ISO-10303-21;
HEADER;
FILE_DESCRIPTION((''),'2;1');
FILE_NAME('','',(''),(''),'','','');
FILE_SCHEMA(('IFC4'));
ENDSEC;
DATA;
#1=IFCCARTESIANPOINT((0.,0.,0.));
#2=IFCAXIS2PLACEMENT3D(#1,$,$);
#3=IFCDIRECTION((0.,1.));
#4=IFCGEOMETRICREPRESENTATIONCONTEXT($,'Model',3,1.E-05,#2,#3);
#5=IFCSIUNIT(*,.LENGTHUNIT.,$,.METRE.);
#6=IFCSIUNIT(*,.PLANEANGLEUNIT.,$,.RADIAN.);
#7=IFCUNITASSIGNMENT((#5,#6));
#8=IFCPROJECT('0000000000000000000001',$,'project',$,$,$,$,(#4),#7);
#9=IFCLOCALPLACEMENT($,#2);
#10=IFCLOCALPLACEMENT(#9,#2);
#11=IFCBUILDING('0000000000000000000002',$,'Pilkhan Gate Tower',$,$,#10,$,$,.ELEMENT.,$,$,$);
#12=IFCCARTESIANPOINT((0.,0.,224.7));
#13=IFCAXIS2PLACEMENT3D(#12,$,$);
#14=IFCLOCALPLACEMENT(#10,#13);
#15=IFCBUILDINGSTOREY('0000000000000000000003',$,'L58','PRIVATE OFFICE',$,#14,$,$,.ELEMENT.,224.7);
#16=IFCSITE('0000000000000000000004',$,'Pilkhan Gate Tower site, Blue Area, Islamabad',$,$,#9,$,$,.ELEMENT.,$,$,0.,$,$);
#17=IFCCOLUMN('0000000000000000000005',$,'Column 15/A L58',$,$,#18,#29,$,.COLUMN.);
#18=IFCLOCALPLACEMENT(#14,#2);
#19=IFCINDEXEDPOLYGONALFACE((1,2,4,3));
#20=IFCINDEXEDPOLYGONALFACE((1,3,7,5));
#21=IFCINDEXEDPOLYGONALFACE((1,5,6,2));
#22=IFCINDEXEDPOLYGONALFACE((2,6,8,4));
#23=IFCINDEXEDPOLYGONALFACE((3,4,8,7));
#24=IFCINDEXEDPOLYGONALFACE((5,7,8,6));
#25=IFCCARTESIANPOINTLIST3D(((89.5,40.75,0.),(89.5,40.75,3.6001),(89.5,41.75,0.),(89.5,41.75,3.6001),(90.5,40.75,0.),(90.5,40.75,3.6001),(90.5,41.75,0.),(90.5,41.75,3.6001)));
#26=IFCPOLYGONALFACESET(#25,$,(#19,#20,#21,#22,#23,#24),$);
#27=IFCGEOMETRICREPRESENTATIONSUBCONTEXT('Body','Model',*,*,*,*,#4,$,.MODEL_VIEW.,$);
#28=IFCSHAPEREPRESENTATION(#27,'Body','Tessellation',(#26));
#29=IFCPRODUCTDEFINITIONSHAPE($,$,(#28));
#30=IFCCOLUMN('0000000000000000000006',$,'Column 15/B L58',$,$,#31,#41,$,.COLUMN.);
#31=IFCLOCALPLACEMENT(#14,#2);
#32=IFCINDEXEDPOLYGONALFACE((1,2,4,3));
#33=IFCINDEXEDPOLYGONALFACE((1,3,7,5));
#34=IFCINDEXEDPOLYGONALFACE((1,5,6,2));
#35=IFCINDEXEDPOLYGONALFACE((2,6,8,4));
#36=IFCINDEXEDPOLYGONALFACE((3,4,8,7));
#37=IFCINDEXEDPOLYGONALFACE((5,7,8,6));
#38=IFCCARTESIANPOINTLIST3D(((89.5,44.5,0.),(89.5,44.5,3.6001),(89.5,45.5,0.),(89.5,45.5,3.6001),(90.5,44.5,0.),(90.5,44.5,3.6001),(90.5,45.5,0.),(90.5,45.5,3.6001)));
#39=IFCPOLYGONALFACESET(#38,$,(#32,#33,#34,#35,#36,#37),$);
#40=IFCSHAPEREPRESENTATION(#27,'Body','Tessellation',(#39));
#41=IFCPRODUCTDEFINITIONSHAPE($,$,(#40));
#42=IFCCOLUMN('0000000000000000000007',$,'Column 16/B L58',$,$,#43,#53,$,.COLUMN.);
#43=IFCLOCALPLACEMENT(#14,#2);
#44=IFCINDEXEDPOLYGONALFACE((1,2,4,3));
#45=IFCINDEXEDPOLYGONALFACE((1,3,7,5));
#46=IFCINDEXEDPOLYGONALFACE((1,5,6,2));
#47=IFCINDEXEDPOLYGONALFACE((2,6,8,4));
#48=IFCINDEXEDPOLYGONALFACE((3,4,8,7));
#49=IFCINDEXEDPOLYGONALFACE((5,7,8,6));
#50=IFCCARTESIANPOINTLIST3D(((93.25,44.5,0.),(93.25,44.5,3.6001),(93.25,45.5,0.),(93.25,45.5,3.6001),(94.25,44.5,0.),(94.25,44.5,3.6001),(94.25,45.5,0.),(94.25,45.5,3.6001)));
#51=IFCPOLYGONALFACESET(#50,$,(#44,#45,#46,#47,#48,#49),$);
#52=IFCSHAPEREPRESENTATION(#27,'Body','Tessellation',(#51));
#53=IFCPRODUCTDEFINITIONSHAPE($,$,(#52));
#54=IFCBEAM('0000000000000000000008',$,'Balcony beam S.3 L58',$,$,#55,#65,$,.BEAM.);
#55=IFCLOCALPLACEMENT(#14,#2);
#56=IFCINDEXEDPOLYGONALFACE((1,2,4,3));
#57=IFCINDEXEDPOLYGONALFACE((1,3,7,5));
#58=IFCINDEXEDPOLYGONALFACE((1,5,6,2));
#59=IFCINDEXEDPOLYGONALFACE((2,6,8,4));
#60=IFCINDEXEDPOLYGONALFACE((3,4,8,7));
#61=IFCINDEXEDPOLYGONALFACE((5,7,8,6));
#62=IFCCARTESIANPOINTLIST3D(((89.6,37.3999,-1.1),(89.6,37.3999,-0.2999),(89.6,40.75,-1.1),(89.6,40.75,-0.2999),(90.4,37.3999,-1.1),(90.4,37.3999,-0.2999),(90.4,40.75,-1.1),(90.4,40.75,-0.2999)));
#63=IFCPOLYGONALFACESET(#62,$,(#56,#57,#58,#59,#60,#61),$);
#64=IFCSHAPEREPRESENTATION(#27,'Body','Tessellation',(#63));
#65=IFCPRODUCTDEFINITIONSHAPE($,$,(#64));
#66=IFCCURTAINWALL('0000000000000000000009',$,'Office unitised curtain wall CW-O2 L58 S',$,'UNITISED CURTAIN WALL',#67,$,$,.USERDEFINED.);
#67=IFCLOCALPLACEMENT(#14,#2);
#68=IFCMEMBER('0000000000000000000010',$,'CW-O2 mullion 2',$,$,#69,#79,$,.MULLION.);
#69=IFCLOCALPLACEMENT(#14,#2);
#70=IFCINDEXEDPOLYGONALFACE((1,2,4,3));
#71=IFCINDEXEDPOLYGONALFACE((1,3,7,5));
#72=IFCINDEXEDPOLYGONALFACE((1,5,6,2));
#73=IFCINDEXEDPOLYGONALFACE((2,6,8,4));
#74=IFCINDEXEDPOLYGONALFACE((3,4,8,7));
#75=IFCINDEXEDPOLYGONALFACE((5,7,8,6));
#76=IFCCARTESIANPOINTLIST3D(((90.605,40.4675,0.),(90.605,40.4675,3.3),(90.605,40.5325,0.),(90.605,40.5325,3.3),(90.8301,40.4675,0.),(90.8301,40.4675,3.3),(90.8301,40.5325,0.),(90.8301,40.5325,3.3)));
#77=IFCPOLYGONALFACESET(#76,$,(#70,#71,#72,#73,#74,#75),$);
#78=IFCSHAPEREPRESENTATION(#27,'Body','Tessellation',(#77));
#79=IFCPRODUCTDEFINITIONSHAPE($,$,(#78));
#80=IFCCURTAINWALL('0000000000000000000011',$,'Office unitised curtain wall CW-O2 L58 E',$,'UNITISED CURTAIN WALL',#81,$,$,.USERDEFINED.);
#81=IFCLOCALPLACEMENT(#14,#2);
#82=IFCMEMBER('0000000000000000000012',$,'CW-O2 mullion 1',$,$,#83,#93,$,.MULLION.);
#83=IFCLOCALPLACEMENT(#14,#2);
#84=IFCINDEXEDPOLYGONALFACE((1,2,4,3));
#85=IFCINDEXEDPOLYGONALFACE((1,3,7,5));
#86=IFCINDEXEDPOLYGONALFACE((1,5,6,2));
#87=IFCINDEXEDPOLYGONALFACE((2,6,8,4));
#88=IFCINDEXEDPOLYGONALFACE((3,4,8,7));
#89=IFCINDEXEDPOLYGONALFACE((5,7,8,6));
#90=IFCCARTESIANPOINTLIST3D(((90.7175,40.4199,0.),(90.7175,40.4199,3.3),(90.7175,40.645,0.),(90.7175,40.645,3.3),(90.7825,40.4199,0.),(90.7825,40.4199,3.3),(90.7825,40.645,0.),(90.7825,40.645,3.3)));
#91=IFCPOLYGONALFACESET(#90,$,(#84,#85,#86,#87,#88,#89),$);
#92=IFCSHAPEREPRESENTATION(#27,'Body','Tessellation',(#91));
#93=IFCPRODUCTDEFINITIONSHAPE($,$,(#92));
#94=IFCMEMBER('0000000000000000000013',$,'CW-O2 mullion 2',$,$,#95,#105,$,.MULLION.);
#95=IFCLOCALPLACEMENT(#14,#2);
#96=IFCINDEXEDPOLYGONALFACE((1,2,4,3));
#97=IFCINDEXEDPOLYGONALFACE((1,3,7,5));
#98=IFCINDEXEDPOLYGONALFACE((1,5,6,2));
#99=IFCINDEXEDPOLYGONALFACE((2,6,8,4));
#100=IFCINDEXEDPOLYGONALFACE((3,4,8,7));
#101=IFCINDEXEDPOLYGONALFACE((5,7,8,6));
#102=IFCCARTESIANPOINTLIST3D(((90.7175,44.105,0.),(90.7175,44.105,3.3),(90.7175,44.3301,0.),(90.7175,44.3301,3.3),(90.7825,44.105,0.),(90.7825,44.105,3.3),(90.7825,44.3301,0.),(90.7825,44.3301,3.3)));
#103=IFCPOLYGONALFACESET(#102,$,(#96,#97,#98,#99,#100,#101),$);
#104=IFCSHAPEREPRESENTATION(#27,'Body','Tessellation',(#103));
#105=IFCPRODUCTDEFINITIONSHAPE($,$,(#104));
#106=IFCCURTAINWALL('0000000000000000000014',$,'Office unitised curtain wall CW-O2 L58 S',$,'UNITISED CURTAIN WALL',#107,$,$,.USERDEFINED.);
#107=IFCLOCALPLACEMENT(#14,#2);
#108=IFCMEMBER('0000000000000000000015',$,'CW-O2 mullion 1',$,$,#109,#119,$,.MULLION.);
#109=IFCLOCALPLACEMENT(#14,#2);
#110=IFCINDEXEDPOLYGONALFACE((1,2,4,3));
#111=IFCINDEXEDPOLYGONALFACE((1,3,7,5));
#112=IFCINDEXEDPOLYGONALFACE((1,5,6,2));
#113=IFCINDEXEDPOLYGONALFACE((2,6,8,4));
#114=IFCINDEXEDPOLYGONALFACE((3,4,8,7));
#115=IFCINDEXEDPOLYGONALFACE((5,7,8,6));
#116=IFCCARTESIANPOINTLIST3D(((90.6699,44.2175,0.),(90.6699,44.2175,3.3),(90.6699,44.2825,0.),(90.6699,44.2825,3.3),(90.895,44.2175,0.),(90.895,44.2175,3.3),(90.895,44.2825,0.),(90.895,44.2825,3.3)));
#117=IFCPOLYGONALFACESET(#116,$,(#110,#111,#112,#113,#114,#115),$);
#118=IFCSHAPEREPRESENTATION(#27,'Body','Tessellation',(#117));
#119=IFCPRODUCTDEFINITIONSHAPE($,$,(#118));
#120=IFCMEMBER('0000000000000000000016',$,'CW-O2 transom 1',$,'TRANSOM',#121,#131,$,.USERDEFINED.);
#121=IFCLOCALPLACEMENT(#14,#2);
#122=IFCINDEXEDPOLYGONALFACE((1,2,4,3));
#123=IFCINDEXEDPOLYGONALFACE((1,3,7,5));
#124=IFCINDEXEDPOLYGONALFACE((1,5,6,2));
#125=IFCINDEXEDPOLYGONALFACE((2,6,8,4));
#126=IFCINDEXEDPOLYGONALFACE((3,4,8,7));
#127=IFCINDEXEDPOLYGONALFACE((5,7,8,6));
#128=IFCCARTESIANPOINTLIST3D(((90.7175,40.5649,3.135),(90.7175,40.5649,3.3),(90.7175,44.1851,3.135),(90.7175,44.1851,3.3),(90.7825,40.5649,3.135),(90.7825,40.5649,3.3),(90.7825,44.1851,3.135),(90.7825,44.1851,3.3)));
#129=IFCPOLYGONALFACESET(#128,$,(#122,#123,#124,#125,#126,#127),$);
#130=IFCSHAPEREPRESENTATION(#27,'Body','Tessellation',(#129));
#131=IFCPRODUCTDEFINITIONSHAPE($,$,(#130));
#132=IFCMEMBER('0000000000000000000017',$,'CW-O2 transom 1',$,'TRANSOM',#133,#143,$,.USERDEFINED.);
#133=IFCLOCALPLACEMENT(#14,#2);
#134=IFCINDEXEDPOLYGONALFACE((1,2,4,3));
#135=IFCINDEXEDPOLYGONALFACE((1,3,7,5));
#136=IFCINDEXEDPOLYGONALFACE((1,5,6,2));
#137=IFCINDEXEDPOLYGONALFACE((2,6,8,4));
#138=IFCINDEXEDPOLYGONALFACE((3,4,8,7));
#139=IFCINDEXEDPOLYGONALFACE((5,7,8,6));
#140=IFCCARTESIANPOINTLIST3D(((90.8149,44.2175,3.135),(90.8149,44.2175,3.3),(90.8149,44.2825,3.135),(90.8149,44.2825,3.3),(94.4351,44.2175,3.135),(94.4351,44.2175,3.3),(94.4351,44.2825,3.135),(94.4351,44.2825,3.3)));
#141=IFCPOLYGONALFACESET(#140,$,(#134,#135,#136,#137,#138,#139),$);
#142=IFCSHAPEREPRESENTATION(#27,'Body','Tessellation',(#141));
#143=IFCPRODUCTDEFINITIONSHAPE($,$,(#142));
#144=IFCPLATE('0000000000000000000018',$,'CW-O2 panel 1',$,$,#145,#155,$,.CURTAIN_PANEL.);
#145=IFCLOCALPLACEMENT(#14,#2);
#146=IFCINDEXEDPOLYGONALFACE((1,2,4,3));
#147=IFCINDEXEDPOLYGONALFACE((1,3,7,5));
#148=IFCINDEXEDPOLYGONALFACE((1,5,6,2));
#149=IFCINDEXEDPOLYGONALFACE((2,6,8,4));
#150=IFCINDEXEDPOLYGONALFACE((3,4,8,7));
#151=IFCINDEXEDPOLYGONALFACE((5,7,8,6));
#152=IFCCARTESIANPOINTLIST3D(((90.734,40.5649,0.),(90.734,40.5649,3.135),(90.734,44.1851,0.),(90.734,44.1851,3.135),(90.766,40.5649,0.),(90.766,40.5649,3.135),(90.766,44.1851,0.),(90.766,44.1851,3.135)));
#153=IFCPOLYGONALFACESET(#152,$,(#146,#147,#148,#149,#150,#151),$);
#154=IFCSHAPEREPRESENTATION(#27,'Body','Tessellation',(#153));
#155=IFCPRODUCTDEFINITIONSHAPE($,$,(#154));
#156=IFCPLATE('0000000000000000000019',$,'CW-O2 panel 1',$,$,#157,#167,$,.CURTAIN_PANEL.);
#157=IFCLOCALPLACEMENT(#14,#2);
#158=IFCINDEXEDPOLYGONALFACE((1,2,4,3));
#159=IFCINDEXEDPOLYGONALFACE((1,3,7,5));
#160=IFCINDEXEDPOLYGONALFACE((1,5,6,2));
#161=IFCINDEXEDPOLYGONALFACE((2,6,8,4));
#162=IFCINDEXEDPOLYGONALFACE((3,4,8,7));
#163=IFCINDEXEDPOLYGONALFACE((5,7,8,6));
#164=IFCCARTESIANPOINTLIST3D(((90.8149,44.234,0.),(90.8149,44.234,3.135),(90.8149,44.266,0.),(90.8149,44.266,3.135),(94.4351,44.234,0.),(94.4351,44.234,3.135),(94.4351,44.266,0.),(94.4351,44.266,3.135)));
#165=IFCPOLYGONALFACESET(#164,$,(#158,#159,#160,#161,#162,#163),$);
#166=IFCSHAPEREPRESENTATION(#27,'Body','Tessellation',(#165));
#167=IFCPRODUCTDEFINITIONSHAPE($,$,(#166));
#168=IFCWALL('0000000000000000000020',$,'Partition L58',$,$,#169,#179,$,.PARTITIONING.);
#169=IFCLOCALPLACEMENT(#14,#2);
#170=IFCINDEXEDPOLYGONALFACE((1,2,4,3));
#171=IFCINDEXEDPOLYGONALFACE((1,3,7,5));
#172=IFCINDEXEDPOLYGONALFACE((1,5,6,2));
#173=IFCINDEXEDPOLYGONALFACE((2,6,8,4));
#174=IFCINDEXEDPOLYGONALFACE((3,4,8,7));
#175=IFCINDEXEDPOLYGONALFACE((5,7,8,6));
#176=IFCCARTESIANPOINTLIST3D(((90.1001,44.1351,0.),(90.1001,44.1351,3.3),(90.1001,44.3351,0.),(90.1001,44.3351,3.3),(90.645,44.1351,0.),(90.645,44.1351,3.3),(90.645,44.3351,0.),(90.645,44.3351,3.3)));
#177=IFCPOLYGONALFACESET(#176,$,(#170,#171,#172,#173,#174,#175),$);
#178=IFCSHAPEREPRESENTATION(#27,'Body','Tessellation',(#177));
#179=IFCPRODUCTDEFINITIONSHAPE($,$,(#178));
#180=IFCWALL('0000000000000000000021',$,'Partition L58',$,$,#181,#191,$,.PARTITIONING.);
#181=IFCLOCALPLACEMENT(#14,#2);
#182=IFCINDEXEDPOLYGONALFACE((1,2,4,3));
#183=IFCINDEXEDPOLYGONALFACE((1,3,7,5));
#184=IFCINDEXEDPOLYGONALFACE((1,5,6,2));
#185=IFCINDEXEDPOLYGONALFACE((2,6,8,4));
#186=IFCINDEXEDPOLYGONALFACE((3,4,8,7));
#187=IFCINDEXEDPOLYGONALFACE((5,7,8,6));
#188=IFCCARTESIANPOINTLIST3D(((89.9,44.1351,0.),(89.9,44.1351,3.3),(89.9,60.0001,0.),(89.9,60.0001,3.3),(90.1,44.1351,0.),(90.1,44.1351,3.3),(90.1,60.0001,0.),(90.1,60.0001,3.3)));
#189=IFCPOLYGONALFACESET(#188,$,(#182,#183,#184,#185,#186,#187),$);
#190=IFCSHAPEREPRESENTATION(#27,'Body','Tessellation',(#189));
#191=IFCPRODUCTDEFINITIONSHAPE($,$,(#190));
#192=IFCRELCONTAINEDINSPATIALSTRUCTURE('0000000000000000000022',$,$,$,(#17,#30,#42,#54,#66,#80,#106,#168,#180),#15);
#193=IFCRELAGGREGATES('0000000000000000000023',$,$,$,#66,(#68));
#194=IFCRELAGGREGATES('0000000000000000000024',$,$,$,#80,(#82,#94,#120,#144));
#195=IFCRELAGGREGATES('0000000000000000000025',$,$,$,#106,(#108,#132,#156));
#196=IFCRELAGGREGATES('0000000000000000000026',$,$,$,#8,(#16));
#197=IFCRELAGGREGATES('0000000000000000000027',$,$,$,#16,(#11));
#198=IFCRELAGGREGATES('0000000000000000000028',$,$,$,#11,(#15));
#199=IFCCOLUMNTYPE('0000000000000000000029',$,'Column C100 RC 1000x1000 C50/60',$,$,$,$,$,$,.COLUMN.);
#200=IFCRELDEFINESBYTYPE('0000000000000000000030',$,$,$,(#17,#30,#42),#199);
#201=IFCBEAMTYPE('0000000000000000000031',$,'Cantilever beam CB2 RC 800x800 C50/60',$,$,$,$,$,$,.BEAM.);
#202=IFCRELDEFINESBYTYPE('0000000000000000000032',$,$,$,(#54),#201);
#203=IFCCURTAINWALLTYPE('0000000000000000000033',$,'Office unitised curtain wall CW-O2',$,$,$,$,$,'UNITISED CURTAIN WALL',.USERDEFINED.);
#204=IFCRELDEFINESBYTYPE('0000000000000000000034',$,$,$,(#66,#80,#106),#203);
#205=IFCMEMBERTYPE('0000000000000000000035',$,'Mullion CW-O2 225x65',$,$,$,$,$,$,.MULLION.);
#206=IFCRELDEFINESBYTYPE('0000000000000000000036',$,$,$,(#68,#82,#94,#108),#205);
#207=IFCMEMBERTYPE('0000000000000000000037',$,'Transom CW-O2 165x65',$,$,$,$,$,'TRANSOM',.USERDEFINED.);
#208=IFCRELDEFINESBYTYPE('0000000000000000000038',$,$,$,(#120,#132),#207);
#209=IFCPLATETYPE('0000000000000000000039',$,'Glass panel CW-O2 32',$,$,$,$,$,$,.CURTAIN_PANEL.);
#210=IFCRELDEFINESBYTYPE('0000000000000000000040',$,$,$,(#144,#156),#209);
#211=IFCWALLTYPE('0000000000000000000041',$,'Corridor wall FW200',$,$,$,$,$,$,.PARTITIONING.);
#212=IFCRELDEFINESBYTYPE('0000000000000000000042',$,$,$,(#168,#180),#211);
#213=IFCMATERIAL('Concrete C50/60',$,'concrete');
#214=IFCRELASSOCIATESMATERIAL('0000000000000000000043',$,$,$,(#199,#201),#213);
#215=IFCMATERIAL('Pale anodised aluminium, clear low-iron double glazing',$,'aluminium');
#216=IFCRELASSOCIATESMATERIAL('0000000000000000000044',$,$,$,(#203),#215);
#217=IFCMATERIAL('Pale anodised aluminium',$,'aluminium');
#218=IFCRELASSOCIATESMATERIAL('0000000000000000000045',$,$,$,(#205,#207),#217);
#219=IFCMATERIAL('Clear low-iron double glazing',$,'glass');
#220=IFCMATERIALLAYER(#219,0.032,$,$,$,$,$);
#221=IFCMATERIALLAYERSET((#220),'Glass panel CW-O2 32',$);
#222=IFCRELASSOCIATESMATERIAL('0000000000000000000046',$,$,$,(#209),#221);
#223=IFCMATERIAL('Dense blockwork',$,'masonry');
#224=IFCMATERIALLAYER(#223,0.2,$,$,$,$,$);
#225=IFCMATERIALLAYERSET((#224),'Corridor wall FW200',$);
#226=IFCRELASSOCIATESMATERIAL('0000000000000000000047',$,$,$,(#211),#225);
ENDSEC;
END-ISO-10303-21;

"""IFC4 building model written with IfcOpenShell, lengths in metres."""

from ifc_helpers import new_model, si_unit, direction, frame, frame_2d, origin, origin_2d, place, context, subcontext, project, spatial, rectangle, extrude, material, layer, layer_set, material_profile, profile_set, type_object, element, aggregate, save


model = new_model("IFC4")

# Units and contexts
model_context = context("Model", 3, precision=1e-05, world=origin(), true_north=direction((0.0, 1.0)))
body_context = subcontext(model_context, "Body", "Model", "MODEL_VIEW")
ifc_project = project(units=[si_unit("LENGTHUNIT", "METRE"), si_unit("PLANEANGLEUNIT", "RADIAN")], contexts=[model_context])

# Site, building, storey
site_placement = place(None, origin())
site = spatial("IfcSite", under=ifc_project, at=site_placement, Name="Pilkhan Gate Tower site, Blue Area, Islamabad", CompositionType="ELEMENT", RefElevation=0.0)
building_placement = place(site_placement, origin())
building = spatial("IfcBuilding", under=site, at=building_placement, Name="Pilkhan Gate Tower", CompositionType="ELEMENT")
storey_placement = place(building_placement, frame((0.0, 0.0, 224.7)))
storey = spatial("IfcBuildingStorey", under=building, at=storey_placement, Name="L58", Description="PRIVATE OFFICE", CompositionType="ELEMENT", Elevation=224.7)

# Columns
ifc_material_1 = material(Name="Concrete C50/60", Category="concrete")
ifc_material_profile_1 = material_profile(ifc_material_1, rectangle(XDim=1.0, YDim=1.0, at=origin_2d()), Name="RC 1000x1000")
ifc_profile_set_1 = profile_set([ifc_material_profile_1], Name="Concrete C50/60")
column_type = type_object("IfcColumnType", Name="Column C100 RC 1000x1000 C50/60", PredefinedType="COLUMN", material=ifc_profile_set_1)
for number, where, z_axis, x_axis, name in (
    (1, (90.0, 41.25, 0.0), (0.0, 0.0, 1.0), (1.0, 0.0, 0.0), "Column 15/A L58"),
    (2, (90.0, 45.0, 0.0), (0.0, 0.0, 1.0), (1.0, 0.0, 0.0), "Column 15/B L58"),
    (3, (93.75, 45.0, 0.0), (0.0, 0.0, 1.0), (1.0, 0.0, 0.0), "Column 16/B L58"),
):
    element("IfcColumn", number, at=place(storey_placement, frame(where, z_axis=z_axis, x_axis=x_axis)), inside=storey, type_object=column_type, Name=name, PredefinedType="COLUMN", context=body_context, shape_type="SweptSolid", body=[
        extrude(rectangle(XDim=1.0, YDim=1.0, at=origin_2d()), origin(), (0.0, 0.0, 1.0), 3.6001),
    ])

# Beam
ifc_material_profile_2 = material_profile(ifc_material_1, rectangle(XDim=0.8, YDim=0.8, at=origin_2d()), Name="RC 800x800")
ifc_profile_set_2 = profile_set([ifc_material_profile_2], Name="Concrete C50/60")
beam_type = type_object("IfcBeamType", Name="Cantilever beam CB2 RC 800x800 C50/60", PredefinedType="BEAM", material=ifc_profile_set_2)
beam_placement = place(storey_placement, frame((90.0, 40.75, -0.7), z_axis=(0.0, -1.0, 0.0), x_axis=(1.0, 0.0, 0.0)))
element("IfcBeam", 4, at=beam_placement, inside=storey, type_object=beam_type, Name="Balcony beam S.3 L58", PredefinedType="BEAM", context=body_context, shape_type="SweptSolid", body=[
    extrude(rectangle(XDim=0.8, YDim=0.8, at=origin_2d()), origin(), (0.0, 0.0, 1.0), 3.3501),
])

# Curtain wall, member
ifc_material_2 = material(Name="Pale anodised aluminium, clear low-iron double glazing", Category="aluminium")
curtain_wall_type = type_object("IfcCurtainWallType", Name="Office unitised curtain wall CW-O2", ElementType="UNITISED CURTAIN WALL", PredefinedType="USERDEFINED", material=ifc_material_2)
curtain_wall_1_placement = place(storey_placement, origin())
curtain_wall_1 = element("IfcCurtainWall", 5, at=curtain_wall_1_placement, inside=storey, type_object=curtain_wall_type, Name="Office unitised curtain wall CW-O2 L58 S", ObjectType="UNITISED CURTAIN WALL", PredefinedType="USERDEFINED")
ifc_material_3 = material(Name="Pale anodised aluminium", Category="aluminium")
ifc_material_profile_3 = material_profile(ifc_material_3, rectangle(XDim=0.0649, YDim=0.2251, at=origin_2d()), Name="Mullion 225x65")
ifc_profile_set_3 = profile_set([ifc_material_profile_3], Name="Pale anodised aluminium")
member_type_1 = type_object("IfcMemberType", Name="Mullion CW-O2 225x65", PredefinedType="MULLION", material=ifc_profile_set_3)
member_1_placement = place(storey_placement, frame((90.7175, 40.5, 0.0), z_axis=(0.0, 0.0, 1.0), x_axis=(0.0, 1.0, 0.0)))
member_1 = element("IfcMember", 6, at=member_1_placement, type_object=member_type_1, Name="CW-O2 mullion 2", PredefinedType="MULLION", context=body_context, shape_type="SweptSolid", body=[
    extrude(rectangle(XDim=0.0649, YDim=0.2251, at=origin_2d()), origin(), (0.0, 0.0, 1.0), 3.3),
])
aggregate(curtain_wall_1, [member_1])

# Curtain wall, members
curtain_wall_2_placement = place(storey_placement, origin())
curtain_wall_2 = element("IfcCurtainWall", 7, at=curtain_wall_2_placement, inside=storey, type_object=curtain_wall_type, Name="Office unitised curtain wall CW-O2 L58 E", ObjectType="UNITISED CURTAIN WALL", PredefinedType="USERDEFINED")
member_2_placement = place(storey_placement, frame((90.75, 40.5325, 0.0), z_axis=(0.0, 0.0, 1.0), x_axis=(-1.0, 0.0, 0.0)))
member_2 = element("IfcMember", 8, at=member_2_placement, type_object=member_type_1, Name="CW-O2 mullion 1", PredefinedType="MULLION", context=body_context, shape_type="SweptSolid", body=[
    extrude(rectangle(XDim=0.0649, YDim=0.2251, at=origin_2d()), origin(), (0.0, 0.0, 1.0), 3.3),
])
member_3_placement = place(storey_placement, frame((90.75, 44.2175, 0.0), z_axis=(0.0, 0.0, 1.0), x_axis=(-1.0, 0.0, 0.0)))
member_3 = element("IfcMember", 9, at=member_3_placement, type_object=member_type_1, Name="CW-O2 mullion 2", PredefinedType="MULLION", context=body_context, shape_type="SweptSolid", body=[
    extrude(rectangle(XDim=0.0649, YDim=0.2251, at=origin_2d()), origin(), (0.0, 0.0, 1.0), 3.3),
])

# Curtain wall, member
curtain_wall_3_placement = place(storey_placement, origin())
curtain_wall_3 = element("IfcCurtainWall", 10, at=curtain_wall_3_placement, inside=storey, type_object=curtain_wall_type, Name="Office unitised curtain wall CW-O2 L58 S", ObjectType="UNITISED CURTAIN WALL", PredefinedType="USERDEFINED")
member_4_placement = place(storey_placement, frame((90.7825, 44.25, 0.0), z_axis=(0.0, 0.0, 1.0), x_axis=(0.0, 1.0, 0.0)))
member_4 = element("IfcMember", 11, at=member_4_placement, type_object=member_type_1, Name="CW-O2 mullion 1", PredefinedType="MULLION", context=body_context, shape_type="SweptSolid", body=[
    extrude(rectangle(XDim=0.0649, YDim=0.2251, at=origin_2d()), origin(), (0.0, 0.0, 1.0), 3.3),
])

# Members
ifc_material_profile_4 = material_profile(ifc_material_3, rectangle(XDim=0.0649, YDim=0.165, at=origin_2d()), Name="Transom 165x65")
ifc_profile_set_4 = profile_set([ifc_material_profile_4], Name="Pale anodised aluminium")
member_type_2 = type_object("IfcMemberType", Name="Transom CW-O2 165x65", ElementType="TRANSOM", PredefinedType="USERDEFINED", material=ifc_profile_set_4)
member_5_placement = place(storey_placement, frame((90.75, 40.5649, 3.2175), z_axis=(0.0, 1.0, 0.0), x_axis=(-1.0, 0.0, 0.0)))
member_5 = element("IfcMember", 12, at=member_5_placement, type_object=member_type_2, Name="CW-O2 transom 1", ObjectType="TRANSOM", PredefinedType="USERDEFINED", context=body_context, shape_type="SweptSolid", body=[
    extrude(rectangle(XDim=0.0649, YDim=0.165, at=origin_2d()), origin(), (0.0, 0.0, 1.0), 3.6201),
])
member_6_placement = place(storey_placement, frame((90.8149, 44.25, 3.2175), z_axis=(1.0, 0.0, 0.0), x_axis=(0.0, 1.0, 0.0)))
member_6 = element("IfcMember", 13, at=member_6_placement, type_object=member_type_2, Name="CW-O2 transom 1", ObjectType="TRANSOM", PredefinedType="USERDEFINED", context=body_context, shape_type="SweptSolid", body=[
    extrude(rectangle(XDim=0.0649, YDim=0.165, at=origin_2d()), origin(), (0.0, 0.0, 1.0), 3.6201),
])

# Plates
ifc_material_4 = material(Name="Clear low-iron double glazing", Category="glass")
ifc_layer_1 = layer(ifc_material_4, 0.032)
ifc_layer_set_1 = layer_set([ifc_layer_1], Name="Glass panel CW-O2 32")
plate_type = type_object("IfcPlateType", Name="Glass panel CW-O2 32", PredefinedType="CURTAIN_PANEL", material=ifc_layer_set_1)
plate_1_placement = place(storey_placement, frame((90.75, 42.375, 0.0), z_axis=(0.0, 0.0, 1.0), x_axis=(0.0, 1.0, 0.0)))
plate_1 = element("IfcPlate", 14, at=plate_1_placement, type_object=plate_type, Name="CW-O2 panel 1", PredefinedType="CURTAIN_PANEL", context=body_context, shape_type="SweptSolid", body=[
    extrude(rectangle(XDim=3.6201, YDim=0.032, at=origin_2d()), origin(), (0.0, 0.0, 1.0), 3.135),
])
aggregate(curtain_wall_2, [member_2, member_3, member_5, plate_1])
plate_2_placement = place(storey_placement, frame((92.625, 44.25, 0.0), z_axis=(0.0, 0.0, 1.0), x_axis=(1.0, 0.0, 0.0)))
plate_2 = element("IfcPlate", 15, at=plate_2_placement, type_object=plate_type, Name="CW-O2 panel 1", PredefinedType="CURTAIN_PANEL", context=body_context, shape_type="SweptSolid", body=[
    extrude(rectangle(XDim=3.6201, YDim=0.032, at=origin_2d()), origin(), (0.0, 0.0, 1.0), 3.135),
])
aggregate(curtain_wall_3, [member_4, member_6, plate_2])

# Walls
ifc_material_5 = material(Name="Dense blockwork", Category="masonry")
ifc_layer_2 = layer(ifc_material_5, 0.2)
ifc_layer_set_2 = layer_set([ifc_layer_2], Name="Corridor wall FW200")
wall_type_1 = type_object("IfcWallType", Name="Corridor wall FW200", PredefinedType="PARTITIONING", material=ifc_layer_set_2)
wall_1_placement = place(storey_placement, frame((90.1001, 44.2351, 0.0), z_axis=(0.0, 0.0, 1.0), x_axis=(1.0, 0.0, 0.0)))
element("IfcWall", 16, at=wall_1_placement, inside=storey, type_object=wall_type_1, Name="Partition L58", PredefinedType="PARTITIONING", context=body_context, shape_type="SweptSolid", body=[
    extrude(rectangle(XDim=0.5449, YDim=0.2, at=frame_2d((0.2725, 0.0))), origin(), (0.0, 0.0, 1.0), 3.3),
])
wall_2_placement = place(storey_placement, frame((90.0, 44.135, 0.0), z_axis=(0.0, 0.0, 1.0), x_axis=(0.0, 1.0, 0.0)))
element("IfcWall", 17, at=wall_2_placement, inside=storey, type_object=wall_type_1, Name="Partition L58", PredefinedType="PARTITIONING", context=body_context, shape_type="SweptSolid", body=[
    extrude(rectangle(XDim=15.865, YDim=0.2, at=frame_2d((7.9326, 0.0))), origin(), (0.0, 0.0, 1.0), 3.3),
])

save(model, "model.ifc")
